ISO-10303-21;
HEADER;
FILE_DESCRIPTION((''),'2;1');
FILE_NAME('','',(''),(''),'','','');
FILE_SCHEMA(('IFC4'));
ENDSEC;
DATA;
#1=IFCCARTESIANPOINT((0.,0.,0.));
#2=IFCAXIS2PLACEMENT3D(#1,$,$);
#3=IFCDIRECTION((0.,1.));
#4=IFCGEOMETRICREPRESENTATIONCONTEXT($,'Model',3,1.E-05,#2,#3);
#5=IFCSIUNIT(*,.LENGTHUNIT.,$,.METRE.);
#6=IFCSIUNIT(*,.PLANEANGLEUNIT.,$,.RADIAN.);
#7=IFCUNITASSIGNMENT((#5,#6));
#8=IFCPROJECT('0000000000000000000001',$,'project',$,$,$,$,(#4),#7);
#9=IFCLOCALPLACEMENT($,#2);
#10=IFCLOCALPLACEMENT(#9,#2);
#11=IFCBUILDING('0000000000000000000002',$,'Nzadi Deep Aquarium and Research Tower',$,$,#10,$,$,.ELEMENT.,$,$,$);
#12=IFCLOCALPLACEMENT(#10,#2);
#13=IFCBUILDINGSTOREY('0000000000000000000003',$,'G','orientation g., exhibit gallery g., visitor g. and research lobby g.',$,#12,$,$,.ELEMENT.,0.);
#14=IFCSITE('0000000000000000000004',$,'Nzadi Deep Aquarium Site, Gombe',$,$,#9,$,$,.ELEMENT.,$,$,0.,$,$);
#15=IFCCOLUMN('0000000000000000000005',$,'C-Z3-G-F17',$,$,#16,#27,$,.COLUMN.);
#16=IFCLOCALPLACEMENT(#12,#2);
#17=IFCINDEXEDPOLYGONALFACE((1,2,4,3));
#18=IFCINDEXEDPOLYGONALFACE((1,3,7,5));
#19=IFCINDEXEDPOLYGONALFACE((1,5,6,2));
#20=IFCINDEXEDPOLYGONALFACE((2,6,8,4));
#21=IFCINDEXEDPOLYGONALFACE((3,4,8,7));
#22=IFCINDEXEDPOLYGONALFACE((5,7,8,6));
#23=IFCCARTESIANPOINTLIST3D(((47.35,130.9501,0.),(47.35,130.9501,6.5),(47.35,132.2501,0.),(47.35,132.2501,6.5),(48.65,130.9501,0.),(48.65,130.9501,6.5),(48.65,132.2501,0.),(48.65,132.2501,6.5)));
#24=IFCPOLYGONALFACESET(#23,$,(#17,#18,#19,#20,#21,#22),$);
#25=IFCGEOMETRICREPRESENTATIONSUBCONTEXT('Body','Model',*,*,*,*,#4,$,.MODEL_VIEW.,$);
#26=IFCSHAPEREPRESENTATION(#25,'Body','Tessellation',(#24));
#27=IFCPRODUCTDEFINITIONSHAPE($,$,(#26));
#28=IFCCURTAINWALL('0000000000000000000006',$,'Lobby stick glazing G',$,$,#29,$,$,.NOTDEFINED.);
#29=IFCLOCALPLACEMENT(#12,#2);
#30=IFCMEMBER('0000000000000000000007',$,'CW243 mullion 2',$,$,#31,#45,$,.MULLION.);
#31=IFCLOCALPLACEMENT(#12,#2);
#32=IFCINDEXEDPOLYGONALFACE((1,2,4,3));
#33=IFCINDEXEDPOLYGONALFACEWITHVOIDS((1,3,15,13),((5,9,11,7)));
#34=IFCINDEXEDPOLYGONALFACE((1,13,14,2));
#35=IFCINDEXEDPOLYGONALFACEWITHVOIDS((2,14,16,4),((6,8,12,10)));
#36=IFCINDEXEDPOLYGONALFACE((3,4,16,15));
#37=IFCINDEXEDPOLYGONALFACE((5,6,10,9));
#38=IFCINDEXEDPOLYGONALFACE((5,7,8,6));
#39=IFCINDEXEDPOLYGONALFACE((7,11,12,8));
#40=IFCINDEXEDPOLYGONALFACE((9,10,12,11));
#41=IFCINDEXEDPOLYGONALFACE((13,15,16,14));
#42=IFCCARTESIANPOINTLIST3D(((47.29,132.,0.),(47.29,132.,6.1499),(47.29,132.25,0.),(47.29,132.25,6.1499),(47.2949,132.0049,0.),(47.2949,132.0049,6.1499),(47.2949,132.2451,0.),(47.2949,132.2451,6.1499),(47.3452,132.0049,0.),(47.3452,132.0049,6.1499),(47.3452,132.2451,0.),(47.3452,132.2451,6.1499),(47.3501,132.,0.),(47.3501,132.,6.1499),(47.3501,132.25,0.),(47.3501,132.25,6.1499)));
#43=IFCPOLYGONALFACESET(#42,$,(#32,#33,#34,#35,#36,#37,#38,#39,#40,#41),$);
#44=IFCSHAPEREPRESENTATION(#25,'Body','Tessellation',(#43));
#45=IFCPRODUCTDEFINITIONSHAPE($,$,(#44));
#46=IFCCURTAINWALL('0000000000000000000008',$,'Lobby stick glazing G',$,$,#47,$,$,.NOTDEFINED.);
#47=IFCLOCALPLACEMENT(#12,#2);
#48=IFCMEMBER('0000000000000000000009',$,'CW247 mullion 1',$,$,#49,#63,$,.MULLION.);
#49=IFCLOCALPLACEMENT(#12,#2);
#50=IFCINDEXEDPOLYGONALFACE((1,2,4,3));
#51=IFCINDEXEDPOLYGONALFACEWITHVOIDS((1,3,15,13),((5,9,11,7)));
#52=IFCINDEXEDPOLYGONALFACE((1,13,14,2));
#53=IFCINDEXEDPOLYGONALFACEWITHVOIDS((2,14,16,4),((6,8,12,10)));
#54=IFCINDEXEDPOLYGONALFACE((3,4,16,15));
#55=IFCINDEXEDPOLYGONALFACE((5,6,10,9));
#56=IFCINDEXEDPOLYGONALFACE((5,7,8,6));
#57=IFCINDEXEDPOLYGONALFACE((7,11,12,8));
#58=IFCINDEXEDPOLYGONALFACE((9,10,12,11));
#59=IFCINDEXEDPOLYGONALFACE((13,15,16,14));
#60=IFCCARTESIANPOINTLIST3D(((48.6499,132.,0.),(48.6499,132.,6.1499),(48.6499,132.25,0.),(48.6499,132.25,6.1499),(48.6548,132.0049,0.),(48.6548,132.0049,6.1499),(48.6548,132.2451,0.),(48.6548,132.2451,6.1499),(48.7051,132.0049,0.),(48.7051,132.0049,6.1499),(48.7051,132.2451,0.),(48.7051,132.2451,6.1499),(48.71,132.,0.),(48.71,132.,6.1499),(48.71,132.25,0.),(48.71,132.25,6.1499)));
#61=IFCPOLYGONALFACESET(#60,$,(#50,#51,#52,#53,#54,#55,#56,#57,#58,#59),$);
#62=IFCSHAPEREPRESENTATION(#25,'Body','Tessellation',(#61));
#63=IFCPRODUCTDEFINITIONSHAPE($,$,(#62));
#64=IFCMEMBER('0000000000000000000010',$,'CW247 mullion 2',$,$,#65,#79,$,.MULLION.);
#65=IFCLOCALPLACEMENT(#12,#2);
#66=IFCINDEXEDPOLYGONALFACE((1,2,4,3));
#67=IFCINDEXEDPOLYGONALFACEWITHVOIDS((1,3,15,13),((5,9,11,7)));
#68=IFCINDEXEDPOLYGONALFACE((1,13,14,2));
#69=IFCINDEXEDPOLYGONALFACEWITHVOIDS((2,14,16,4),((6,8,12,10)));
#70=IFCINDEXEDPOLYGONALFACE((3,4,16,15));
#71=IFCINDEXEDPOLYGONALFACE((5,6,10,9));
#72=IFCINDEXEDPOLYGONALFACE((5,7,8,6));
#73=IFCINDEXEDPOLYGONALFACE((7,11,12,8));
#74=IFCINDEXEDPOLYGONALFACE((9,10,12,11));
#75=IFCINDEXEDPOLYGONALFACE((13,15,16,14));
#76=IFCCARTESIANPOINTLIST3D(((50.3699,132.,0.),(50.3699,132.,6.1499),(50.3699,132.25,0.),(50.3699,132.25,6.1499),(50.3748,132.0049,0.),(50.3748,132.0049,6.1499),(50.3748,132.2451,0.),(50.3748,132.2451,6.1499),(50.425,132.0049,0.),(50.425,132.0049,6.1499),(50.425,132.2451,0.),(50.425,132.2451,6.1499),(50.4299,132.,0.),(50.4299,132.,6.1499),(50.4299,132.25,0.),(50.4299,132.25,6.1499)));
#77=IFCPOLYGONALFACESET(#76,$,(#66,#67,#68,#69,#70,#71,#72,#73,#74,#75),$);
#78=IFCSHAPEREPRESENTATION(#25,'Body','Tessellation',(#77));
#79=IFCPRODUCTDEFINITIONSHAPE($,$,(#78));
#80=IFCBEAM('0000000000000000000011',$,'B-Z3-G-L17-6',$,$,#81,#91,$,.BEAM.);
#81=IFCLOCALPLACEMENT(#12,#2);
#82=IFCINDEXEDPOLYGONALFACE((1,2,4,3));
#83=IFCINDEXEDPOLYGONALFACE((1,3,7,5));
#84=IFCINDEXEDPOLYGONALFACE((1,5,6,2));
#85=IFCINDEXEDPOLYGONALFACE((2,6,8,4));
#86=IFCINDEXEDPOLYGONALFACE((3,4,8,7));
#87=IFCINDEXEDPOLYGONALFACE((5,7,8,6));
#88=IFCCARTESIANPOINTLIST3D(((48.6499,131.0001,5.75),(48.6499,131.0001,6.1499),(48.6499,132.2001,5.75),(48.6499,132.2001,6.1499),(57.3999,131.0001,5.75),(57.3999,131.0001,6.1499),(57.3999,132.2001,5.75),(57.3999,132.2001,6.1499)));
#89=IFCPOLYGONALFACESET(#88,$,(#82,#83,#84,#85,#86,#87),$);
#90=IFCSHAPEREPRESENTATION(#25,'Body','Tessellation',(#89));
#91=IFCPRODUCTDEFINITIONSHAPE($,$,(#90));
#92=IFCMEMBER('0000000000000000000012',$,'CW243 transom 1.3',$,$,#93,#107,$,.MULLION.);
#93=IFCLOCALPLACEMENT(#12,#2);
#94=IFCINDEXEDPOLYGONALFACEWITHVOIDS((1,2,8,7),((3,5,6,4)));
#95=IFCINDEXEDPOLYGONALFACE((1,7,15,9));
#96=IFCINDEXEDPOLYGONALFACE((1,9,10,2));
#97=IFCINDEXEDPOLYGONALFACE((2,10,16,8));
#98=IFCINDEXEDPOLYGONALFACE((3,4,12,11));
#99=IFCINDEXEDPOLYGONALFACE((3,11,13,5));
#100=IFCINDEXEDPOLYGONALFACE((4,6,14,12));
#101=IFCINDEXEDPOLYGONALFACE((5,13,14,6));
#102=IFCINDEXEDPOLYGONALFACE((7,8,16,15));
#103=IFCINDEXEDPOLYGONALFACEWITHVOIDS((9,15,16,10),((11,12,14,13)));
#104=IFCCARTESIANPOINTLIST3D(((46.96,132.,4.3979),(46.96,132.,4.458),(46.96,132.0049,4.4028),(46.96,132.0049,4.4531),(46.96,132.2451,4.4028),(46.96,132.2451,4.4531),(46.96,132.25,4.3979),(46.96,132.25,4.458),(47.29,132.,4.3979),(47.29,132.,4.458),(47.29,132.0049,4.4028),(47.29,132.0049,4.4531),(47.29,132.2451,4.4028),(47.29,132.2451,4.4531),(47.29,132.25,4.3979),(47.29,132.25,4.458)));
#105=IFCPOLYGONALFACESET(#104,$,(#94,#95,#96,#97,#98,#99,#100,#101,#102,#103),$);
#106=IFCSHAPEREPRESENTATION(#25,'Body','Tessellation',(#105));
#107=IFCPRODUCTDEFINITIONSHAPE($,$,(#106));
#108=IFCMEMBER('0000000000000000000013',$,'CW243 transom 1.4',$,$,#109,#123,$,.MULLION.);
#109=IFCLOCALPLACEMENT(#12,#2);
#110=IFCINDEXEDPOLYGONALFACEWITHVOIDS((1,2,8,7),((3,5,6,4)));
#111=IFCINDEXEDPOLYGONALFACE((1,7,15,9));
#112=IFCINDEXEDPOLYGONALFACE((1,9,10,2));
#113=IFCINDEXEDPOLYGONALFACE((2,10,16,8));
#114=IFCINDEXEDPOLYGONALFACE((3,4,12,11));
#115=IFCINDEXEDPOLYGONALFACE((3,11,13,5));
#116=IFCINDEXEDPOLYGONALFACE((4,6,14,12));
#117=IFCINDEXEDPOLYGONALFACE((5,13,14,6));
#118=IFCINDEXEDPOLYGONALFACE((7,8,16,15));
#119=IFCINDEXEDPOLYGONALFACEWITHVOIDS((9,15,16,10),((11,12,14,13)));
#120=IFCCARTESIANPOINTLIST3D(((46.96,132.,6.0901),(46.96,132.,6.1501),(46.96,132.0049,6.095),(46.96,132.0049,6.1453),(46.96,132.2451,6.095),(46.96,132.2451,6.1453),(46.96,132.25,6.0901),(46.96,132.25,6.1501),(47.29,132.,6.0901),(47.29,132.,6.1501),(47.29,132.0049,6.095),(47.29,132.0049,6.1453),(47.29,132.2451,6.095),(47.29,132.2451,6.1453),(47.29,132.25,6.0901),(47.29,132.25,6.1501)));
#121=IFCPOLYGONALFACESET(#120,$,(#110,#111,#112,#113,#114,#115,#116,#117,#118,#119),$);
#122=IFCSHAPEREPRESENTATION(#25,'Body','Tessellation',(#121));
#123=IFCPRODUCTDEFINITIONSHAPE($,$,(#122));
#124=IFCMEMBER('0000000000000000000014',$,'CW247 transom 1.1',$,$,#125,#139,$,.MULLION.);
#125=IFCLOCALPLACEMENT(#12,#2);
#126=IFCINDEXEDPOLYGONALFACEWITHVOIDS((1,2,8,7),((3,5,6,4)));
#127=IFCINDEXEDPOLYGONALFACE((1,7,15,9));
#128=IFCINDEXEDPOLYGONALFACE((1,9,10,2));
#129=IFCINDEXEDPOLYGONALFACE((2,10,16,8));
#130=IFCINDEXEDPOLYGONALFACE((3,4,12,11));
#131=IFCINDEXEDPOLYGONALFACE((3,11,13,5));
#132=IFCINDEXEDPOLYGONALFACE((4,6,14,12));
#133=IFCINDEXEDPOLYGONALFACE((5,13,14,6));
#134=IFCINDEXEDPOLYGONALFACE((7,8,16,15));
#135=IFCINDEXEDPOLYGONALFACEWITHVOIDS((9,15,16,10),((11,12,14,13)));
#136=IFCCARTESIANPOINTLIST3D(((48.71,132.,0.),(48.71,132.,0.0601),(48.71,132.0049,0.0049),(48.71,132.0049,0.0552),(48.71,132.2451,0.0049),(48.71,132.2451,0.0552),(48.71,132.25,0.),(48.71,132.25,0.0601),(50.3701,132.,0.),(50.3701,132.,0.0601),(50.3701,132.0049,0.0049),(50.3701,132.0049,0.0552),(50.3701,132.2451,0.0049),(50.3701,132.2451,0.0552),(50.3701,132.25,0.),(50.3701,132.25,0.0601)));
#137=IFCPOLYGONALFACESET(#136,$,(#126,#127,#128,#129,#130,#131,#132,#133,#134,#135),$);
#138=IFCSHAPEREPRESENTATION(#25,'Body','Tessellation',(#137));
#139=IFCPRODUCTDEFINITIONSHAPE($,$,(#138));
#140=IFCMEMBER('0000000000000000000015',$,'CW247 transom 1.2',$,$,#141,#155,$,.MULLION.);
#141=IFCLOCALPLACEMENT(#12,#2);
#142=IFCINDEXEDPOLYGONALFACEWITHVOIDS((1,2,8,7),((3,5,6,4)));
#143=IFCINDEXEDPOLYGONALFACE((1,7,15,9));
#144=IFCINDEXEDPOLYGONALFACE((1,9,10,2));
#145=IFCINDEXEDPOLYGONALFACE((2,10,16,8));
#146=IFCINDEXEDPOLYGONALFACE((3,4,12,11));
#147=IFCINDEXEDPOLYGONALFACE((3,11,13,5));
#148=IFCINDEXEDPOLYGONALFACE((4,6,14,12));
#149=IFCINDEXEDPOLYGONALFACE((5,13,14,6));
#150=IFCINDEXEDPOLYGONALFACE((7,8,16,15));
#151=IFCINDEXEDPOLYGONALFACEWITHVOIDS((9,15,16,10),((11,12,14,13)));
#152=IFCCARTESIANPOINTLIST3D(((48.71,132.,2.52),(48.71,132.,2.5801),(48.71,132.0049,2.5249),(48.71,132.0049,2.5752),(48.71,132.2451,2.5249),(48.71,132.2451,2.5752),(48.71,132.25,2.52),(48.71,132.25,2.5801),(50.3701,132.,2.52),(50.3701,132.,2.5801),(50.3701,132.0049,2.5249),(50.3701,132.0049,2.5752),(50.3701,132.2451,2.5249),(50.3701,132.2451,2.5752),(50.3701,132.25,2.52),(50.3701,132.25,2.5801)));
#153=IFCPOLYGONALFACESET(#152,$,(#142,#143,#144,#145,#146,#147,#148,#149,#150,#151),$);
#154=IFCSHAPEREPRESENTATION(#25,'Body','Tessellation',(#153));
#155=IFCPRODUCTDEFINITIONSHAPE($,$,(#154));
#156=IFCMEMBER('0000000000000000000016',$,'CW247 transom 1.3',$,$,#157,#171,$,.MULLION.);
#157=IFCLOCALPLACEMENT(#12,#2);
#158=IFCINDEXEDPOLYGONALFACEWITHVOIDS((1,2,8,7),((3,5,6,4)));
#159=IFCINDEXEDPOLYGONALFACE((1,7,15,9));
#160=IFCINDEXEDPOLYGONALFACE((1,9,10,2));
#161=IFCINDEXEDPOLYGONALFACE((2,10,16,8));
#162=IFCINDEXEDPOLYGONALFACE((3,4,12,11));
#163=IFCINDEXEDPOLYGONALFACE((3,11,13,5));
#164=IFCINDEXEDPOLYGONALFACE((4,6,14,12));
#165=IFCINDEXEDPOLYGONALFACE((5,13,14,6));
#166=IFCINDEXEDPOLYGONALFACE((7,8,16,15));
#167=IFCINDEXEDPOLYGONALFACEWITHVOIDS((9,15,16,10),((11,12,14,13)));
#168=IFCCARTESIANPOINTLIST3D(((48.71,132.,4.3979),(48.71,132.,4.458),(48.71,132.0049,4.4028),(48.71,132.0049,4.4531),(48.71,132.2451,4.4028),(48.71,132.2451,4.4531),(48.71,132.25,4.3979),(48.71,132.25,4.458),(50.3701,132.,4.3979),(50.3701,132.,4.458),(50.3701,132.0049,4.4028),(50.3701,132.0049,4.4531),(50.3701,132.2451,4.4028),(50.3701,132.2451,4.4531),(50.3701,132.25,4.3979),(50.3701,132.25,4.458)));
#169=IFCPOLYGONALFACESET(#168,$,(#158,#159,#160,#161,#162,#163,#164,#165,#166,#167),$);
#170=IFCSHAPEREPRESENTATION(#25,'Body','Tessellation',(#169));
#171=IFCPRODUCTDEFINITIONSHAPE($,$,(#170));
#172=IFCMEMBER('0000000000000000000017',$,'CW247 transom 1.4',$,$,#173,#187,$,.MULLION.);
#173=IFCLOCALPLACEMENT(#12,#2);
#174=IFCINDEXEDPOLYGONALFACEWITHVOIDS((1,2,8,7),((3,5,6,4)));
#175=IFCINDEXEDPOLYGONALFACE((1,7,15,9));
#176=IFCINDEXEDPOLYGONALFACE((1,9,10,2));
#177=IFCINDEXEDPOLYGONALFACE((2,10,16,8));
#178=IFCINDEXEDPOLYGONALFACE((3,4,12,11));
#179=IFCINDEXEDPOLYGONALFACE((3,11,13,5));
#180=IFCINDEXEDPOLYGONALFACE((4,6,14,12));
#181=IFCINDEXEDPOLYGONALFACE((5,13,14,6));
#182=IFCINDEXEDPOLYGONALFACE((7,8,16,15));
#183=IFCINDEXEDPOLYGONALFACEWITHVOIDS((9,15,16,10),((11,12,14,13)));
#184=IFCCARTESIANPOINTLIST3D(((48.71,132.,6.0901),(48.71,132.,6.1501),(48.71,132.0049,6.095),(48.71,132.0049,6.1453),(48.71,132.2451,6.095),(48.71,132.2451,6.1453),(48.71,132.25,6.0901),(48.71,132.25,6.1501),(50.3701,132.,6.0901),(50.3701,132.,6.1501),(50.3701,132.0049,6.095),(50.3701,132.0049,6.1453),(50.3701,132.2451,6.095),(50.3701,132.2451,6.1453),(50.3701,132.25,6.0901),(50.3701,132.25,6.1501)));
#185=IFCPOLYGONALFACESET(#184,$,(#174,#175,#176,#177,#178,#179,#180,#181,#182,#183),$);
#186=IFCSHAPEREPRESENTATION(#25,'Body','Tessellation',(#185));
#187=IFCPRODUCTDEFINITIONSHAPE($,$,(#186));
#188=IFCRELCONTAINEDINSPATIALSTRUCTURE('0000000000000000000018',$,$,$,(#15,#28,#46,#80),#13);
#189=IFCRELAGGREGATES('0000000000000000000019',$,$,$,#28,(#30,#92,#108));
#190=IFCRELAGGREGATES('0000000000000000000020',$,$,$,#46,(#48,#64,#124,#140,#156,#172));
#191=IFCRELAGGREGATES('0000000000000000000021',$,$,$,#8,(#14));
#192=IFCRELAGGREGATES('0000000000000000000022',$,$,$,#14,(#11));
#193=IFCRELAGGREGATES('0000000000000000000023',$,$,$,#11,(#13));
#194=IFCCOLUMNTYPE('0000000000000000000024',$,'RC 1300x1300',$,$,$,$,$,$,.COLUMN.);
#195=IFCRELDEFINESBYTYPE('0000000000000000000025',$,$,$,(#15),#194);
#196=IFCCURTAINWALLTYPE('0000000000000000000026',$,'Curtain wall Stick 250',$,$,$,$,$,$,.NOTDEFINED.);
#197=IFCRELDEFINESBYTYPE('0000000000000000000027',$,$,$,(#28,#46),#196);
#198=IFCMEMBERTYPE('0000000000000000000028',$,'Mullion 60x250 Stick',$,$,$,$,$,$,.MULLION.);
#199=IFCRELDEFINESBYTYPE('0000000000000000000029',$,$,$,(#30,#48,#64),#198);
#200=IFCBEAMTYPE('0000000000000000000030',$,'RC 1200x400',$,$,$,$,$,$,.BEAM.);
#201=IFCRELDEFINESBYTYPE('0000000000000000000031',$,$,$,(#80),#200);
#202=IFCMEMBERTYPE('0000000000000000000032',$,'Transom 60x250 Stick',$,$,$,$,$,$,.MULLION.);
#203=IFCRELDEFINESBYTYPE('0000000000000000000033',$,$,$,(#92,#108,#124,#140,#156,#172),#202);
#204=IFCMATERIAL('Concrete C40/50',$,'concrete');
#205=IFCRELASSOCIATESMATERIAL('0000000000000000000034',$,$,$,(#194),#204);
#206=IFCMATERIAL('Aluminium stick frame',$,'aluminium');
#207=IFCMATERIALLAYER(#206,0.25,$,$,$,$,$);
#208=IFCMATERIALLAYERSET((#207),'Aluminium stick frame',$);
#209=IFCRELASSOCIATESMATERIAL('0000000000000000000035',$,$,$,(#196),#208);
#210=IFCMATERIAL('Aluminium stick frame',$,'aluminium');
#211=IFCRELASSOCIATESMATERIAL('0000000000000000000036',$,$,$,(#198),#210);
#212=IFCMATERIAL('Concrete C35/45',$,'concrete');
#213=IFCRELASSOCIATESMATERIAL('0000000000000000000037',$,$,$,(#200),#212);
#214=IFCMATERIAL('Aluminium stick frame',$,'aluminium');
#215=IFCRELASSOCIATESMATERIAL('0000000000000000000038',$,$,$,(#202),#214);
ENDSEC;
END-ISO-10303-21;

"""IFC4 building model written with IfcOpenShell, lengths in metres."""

from ifc_helpers import new_model, si_unit, direction, frame, origin, origin_2d, place, context, subcontext, project, spatial, rectangle, hollow_rectangle, extrude, material, layer, layer_set, material_profile, profile_set, type_object, element, aggregate, save


model = new_model("IFC4")

# Units and contexts
model_context = context("Model", 3, precision=1e-05, world=origin(), true_north=direction((0.0, 1.0)))
body_context = subcontext(model_context, "Body", "Model", "MODEL_VIEW")
ifc_project = project(units=[si_unit("LENGTHUNIT", "METRE"), si_unit("PLANEANGLEUNIT", "RADIAN")], contexts=[model_context])

# Site, building, storey
site_placement = place(None, origin())
site = spatial("IfcSite", under=ifc_project, at=site_placement, Name="Nzadi Deep Aquarium Site, Gombe", CompositionType="ELEMENT", RefElevation=0.0)
building_placement = place(site_placement, origin())
building = spatial("IfcBuilding", under=site, at=building_placement, Name="Nzadi Deep Aquarium and Research Tower", CompositionType="ELEMENT")
storey_placement = place(building_placement, origin())
storey = spatial("IfcBuildingStorey", under=building, at=storey_placement, Name="G", Description="orientation g., exhibit gallery g., visitor g. and research lobby g.", CompositionType="ELEMENT", Elevation=0.0)

# Column
ifc_material_1 = material(Name="Concrete C40/50", Category="concrete")
ifc_material_profile_1 = material_profile(ifc_material_1, rectangle(XDim=1.3, YDim=1.3, at=origin_2d()))
ifc_profile_set_1 = profile_set([ifc_material_profile_1], Name="Concrete C40/50")
column_type = type_object("IfcColumnType", Name="RC 1300x1300", PredefinedType="COLUMN", material=ifc_profile_set_1)
column_placement = place(storey_placement, frame((48.0, 131.6001, 0.0), z_axis=(0.0, 0.0, 1.0), x_axis=(1.0, 0.0, 0.0)))
element("IfcColumn", 1, at=column_placement, inside=storey, type_object=column_type, Name="C-Z3-G-F17", PredefinedType="COLUMN", context=body_context, shape_type="SweptSolid", body=[
    extrude(rectangle(XDim=1.3, YDim=1.3, at=origin_2d()), origin(), (0.0, 0.0, 1.0), 6.5),
])

# Curtain wall, member
ifc_material_2 = material(Name="Aluminium stick frame", Category="aluminium")
ifc_layer_1 = layer(ifc_material_2, 0.25)
ifc_layer_set_1 = layer_set([ifc_layer_1], Name="Aluminium stick frame")
curtain_wall_type = type_object("IfcCurtainWallType", Name="Curtain wall Stick 250", PredefinedType="NOTDEFINED", material=ifc_layer_set_1)
curtain_wall_1_placement = place(storey_placement, origin())
curtain_wall_1 = element("IfcCurtainWall", 2, at=curtain_wall_1_placement, inside=storey, type_object=curtain_wall_type, Name="Lobby stick glazing G", PredefinedType="NOTDEFINED")
ifc_material_3 = material(Name="Aluminium stick frame", Category="aluminium")
ifc_material_profile_2 = material_profile(ifc_material_3, hollow_rectangle(XDim=0.25, YDim=0.0601, WallThickness=0.0049, at=origin_2d()))
ifc_profile_set_2 = profile_set([ifc_material_profile_2], Name="Aluminium stick frame")
member_type_1 = type_object("IfcMemberType", Name="Mullion 60x250 Stick", PredefinedType="MULLION", material=ifc_profile_set_2)
member_1_placement = place(storey_placement, frame((47.3201, 132.125, 0.0), z_axis=(0.0, 0.0, 1.0), x_axis=(0.0, 1.0, 0.0)))
member_1 = element("IfcMember", 3, at=member_1_placement, type_object=member_type_1, Name="CW243 mullion 2", PredefinedType="MULLION", context=body_context, shape_type="SweptSolid", body=[
    extrude(hollow_rectangle(XDim=0.25, YDim=0.0601, WallThickness=0.0049, at=origin_2d()), origin(), (0.0, 0.0, 1.0), 6.1499),
])

# Curtain wall, members
curtain_wall_2_placement = place(storey_placement, origin())
curtain_wall_2 = element("IfcCurtainWall", 4, at=curtain_wall_2_placement, inside=storey, type_object=curtain_wall_type, Name="Lobby stick glazing G", PredefinedType="NOTDEFINED")
member_2_placement = place(storey_placement, frame((48.6799, 132.125, 0.0), z_axis=(0.0, 0.0, 1.0), x_axis=(0.0, 1.0, 0.0)))
member_2 = element("IfcMember", 5, at=member_2_placement, type_object=member_type_1, Name="CW247 mullion 1", PredefinedType="MULLION", context=body_context, shape_type="SweptSolid", body=[
    extrude(hollow_rectangle(XDim=0.25, YDim=0.0601, WallThickness=0.0049, at=origin_2d()), origin(), (0.0, 0.0, 1.0), 6.1499),
])
member_3_placement = place(storey_placement, frame((50.3999, 132.125, 0.0), z_axis=(0.0, 0.0, 1.0), x_axis=(0.0, 1.0, 0.0)))
member_3 = element("IfcMember", 6, at=member_3_placement, type_object=member_type_1, Name="CW247 mullion 2", PredefinedType="MULLION", context=body_context, shape_type="SweptSolid", body=[
    extrude(hollow_rectangle(XDim=0.25, YDim=0.0601, WallThickness=0.0049, at=origin_2d()), origin(), (0.0, 0.0, 1.0), 6.1499),
])

# Beam
ifc_material_4 = material(Name="Concrete C35/45", Category="concrete")
ifc_material_profile_3 = material_profile(ifc_material_4, rectangle(XDim=1.2, YDim=0.3999, at=origin_2d()))
ifc_profile_set_3 = profile_set([ifc_material_profile_3], Name="Concrete C35/45")
beam_type = type_object("IfcBeamType", Name="RC 1200x400", PredefinedType="BEAM", material=ifc_profile_set_3)
beam_placement = place(storey_placement, frame((48.6499, 131.6001, 5.95), z_axis=(1.0, 0.0, 0.0), x_axis=(0.0, 1.0, 0.0)))
element("IfcBeam", 7, at=beam_placement, inside=storey, type_object=beam_type, Name="B-Z3-G-L17-6", PredefinedType="BEAM", context=body_context, shape_type="SweptSolid", body=[
    extrude(rectangle(XDim=1.2, YDim=0.3999, at=origin_2d()), origin(), (0.0, 0.0, 1.0), 8.75),
])

# Members
ifc_material_5 = material(Name="Aluminium stick frame", Category="aluminium")
ifc_material_profile_4 = material_profile(ifc_material_5, hollow_rectangle(XDim=0.25, YDim=0.0601, WallThickness=0.0049, at=origin_2d()))
ifc_profile_set_4 = profile_set([ifc_material_profile_4], Name="Aluminium stick frame")
member_type_2 = type_object("IfcMemberType", Name="Transom 60x250 Stick", PredefinedType="MULLION", material=ifc_profile_set_4)
member_4_placement = place(storey_placement, frame((46.96, 132.125, 4.428), z_axis=(1.0, 0.0, 0.0), x_axis=(0.0, 1.0, 0.0)))
member_4 = element("IfcMember", 8, at=member_4_placement, type_object=member_type_2, Name="CW243 transom 1.3", PredefinedType="MULLION", context=body_context, shape_type="SweptSolid", body=[
    extrude(hollow_rectangle(XDim=0.25, YDim=0.0601, WallThickness=0.0049, at=origin_2d()), origin(), (0.0, 0.0, 1.0), 0.3301),
])
member_5_placement = place(storey_placement, frame((46.96, 132.125, 6.1201), z_axis=(1.0, 0.0, 0.0), x_axis=(0.0, 1.0, 0.0)))
member_5 = element("IfcMember", 9, at=member_5_placement, type_object=member_type_2, Name="CW243 transom 1.4", PredefinedType="MULLION", context=body_context, shape_type="SweptSolid", body=[
    extrude(hollow_rectangle(XDim=0.25, YDim=0.0601, WallThickness=0.0049, at=origin_2d()), origin(), (0.0, 0.0, 1.0), 0.3301),
])
member_6_placement = place(storey_placement, frame((48.71, 132.125, 0.03), z_axis=(1.0, 0.0, 0.0), x_axis=(0.0, 1.0, 0.0)))
member_6 = element("IfcMember", 10, at=member_6_placement, type_object=member_type_2, Name="CW247 transom 1.1", PredefinedType="MULLION", context=body_context, shape_type="SweptSolid", body=[
    extrude(hollow_rectangle(XDim=0.25, YDim=0.0601, WallThickness=0.0049, at=origin_2d()), origin(), (0.0, 0.0, 1.0), 1.6602),
])
member_7_placement = place(storey_placement, frame((48.71, 132.125, 2.55), z_axis=(1.0, 0.0, 0.0), x_axis=(0.0, 1.0, 0.0)))
member_7 = element("IfcMember", 11, at=member_7_placement, type_object=member_type_2, Name="CW247 transom 1.2", PredefinedType="MULLION", context=body_context, shape_type="SweptSolid", body=[
    extrude(hollow_rectangle(XDim=0.25, YDim=0.0601, WallThickness=0.0049, at=origin_2d()), origin(), (0.0, 0.0, 1.0), 1.6602),
])
member_8_placement = place(storey_placement, frame((48.71, 132.125, 4.428), z_axis=(1.0, 0.0, 0.0), x_axis=(0.0, 1.0, 0.0)))
member_8 = element("IfcMember", 12, at=member_8_placement, type_object=member_type_2, Name="CW247 transom 1.3", PredefinedType="MULLION", context=body_context, shape_type="SweptSolid", body=[
    extrude(hollow_rectangle(XDim=0.25, YDim=0.0601, WallThickness=0.0049, at=origin_2d()), origin(), (0.0, 0.0, 1.0), 1.6602),
])
member_9_placement = place(storey_placement, frame((48.71, 132.125, 6.1201), z_axis=(1.0, 0.0, 0.0), x_axis=(0.0, 1.0, 0.0)))
member_9 = element("IfcMember", 13, at=member_9_placement, type_object=member_type_2, Name="CW247 transom 1.4", PredefinedType="MULLION", context=body_context, shape_type="SweptSolid", body=[
    extrude(hollow_rectangle(XDim=0.25, YDim=0.0601, WallThickness=0.0049, at=origin_2d()), origin(), (0.0, 0.0, 1.0), 1.6602),
])

aggregate(curtain_wall_1, [member_1, member_4, member_5])
aggregate(curtain_wall_2, [member_2, member_3, member_6, member_7, member_8, member_9])

save(model, "model.ifc")
